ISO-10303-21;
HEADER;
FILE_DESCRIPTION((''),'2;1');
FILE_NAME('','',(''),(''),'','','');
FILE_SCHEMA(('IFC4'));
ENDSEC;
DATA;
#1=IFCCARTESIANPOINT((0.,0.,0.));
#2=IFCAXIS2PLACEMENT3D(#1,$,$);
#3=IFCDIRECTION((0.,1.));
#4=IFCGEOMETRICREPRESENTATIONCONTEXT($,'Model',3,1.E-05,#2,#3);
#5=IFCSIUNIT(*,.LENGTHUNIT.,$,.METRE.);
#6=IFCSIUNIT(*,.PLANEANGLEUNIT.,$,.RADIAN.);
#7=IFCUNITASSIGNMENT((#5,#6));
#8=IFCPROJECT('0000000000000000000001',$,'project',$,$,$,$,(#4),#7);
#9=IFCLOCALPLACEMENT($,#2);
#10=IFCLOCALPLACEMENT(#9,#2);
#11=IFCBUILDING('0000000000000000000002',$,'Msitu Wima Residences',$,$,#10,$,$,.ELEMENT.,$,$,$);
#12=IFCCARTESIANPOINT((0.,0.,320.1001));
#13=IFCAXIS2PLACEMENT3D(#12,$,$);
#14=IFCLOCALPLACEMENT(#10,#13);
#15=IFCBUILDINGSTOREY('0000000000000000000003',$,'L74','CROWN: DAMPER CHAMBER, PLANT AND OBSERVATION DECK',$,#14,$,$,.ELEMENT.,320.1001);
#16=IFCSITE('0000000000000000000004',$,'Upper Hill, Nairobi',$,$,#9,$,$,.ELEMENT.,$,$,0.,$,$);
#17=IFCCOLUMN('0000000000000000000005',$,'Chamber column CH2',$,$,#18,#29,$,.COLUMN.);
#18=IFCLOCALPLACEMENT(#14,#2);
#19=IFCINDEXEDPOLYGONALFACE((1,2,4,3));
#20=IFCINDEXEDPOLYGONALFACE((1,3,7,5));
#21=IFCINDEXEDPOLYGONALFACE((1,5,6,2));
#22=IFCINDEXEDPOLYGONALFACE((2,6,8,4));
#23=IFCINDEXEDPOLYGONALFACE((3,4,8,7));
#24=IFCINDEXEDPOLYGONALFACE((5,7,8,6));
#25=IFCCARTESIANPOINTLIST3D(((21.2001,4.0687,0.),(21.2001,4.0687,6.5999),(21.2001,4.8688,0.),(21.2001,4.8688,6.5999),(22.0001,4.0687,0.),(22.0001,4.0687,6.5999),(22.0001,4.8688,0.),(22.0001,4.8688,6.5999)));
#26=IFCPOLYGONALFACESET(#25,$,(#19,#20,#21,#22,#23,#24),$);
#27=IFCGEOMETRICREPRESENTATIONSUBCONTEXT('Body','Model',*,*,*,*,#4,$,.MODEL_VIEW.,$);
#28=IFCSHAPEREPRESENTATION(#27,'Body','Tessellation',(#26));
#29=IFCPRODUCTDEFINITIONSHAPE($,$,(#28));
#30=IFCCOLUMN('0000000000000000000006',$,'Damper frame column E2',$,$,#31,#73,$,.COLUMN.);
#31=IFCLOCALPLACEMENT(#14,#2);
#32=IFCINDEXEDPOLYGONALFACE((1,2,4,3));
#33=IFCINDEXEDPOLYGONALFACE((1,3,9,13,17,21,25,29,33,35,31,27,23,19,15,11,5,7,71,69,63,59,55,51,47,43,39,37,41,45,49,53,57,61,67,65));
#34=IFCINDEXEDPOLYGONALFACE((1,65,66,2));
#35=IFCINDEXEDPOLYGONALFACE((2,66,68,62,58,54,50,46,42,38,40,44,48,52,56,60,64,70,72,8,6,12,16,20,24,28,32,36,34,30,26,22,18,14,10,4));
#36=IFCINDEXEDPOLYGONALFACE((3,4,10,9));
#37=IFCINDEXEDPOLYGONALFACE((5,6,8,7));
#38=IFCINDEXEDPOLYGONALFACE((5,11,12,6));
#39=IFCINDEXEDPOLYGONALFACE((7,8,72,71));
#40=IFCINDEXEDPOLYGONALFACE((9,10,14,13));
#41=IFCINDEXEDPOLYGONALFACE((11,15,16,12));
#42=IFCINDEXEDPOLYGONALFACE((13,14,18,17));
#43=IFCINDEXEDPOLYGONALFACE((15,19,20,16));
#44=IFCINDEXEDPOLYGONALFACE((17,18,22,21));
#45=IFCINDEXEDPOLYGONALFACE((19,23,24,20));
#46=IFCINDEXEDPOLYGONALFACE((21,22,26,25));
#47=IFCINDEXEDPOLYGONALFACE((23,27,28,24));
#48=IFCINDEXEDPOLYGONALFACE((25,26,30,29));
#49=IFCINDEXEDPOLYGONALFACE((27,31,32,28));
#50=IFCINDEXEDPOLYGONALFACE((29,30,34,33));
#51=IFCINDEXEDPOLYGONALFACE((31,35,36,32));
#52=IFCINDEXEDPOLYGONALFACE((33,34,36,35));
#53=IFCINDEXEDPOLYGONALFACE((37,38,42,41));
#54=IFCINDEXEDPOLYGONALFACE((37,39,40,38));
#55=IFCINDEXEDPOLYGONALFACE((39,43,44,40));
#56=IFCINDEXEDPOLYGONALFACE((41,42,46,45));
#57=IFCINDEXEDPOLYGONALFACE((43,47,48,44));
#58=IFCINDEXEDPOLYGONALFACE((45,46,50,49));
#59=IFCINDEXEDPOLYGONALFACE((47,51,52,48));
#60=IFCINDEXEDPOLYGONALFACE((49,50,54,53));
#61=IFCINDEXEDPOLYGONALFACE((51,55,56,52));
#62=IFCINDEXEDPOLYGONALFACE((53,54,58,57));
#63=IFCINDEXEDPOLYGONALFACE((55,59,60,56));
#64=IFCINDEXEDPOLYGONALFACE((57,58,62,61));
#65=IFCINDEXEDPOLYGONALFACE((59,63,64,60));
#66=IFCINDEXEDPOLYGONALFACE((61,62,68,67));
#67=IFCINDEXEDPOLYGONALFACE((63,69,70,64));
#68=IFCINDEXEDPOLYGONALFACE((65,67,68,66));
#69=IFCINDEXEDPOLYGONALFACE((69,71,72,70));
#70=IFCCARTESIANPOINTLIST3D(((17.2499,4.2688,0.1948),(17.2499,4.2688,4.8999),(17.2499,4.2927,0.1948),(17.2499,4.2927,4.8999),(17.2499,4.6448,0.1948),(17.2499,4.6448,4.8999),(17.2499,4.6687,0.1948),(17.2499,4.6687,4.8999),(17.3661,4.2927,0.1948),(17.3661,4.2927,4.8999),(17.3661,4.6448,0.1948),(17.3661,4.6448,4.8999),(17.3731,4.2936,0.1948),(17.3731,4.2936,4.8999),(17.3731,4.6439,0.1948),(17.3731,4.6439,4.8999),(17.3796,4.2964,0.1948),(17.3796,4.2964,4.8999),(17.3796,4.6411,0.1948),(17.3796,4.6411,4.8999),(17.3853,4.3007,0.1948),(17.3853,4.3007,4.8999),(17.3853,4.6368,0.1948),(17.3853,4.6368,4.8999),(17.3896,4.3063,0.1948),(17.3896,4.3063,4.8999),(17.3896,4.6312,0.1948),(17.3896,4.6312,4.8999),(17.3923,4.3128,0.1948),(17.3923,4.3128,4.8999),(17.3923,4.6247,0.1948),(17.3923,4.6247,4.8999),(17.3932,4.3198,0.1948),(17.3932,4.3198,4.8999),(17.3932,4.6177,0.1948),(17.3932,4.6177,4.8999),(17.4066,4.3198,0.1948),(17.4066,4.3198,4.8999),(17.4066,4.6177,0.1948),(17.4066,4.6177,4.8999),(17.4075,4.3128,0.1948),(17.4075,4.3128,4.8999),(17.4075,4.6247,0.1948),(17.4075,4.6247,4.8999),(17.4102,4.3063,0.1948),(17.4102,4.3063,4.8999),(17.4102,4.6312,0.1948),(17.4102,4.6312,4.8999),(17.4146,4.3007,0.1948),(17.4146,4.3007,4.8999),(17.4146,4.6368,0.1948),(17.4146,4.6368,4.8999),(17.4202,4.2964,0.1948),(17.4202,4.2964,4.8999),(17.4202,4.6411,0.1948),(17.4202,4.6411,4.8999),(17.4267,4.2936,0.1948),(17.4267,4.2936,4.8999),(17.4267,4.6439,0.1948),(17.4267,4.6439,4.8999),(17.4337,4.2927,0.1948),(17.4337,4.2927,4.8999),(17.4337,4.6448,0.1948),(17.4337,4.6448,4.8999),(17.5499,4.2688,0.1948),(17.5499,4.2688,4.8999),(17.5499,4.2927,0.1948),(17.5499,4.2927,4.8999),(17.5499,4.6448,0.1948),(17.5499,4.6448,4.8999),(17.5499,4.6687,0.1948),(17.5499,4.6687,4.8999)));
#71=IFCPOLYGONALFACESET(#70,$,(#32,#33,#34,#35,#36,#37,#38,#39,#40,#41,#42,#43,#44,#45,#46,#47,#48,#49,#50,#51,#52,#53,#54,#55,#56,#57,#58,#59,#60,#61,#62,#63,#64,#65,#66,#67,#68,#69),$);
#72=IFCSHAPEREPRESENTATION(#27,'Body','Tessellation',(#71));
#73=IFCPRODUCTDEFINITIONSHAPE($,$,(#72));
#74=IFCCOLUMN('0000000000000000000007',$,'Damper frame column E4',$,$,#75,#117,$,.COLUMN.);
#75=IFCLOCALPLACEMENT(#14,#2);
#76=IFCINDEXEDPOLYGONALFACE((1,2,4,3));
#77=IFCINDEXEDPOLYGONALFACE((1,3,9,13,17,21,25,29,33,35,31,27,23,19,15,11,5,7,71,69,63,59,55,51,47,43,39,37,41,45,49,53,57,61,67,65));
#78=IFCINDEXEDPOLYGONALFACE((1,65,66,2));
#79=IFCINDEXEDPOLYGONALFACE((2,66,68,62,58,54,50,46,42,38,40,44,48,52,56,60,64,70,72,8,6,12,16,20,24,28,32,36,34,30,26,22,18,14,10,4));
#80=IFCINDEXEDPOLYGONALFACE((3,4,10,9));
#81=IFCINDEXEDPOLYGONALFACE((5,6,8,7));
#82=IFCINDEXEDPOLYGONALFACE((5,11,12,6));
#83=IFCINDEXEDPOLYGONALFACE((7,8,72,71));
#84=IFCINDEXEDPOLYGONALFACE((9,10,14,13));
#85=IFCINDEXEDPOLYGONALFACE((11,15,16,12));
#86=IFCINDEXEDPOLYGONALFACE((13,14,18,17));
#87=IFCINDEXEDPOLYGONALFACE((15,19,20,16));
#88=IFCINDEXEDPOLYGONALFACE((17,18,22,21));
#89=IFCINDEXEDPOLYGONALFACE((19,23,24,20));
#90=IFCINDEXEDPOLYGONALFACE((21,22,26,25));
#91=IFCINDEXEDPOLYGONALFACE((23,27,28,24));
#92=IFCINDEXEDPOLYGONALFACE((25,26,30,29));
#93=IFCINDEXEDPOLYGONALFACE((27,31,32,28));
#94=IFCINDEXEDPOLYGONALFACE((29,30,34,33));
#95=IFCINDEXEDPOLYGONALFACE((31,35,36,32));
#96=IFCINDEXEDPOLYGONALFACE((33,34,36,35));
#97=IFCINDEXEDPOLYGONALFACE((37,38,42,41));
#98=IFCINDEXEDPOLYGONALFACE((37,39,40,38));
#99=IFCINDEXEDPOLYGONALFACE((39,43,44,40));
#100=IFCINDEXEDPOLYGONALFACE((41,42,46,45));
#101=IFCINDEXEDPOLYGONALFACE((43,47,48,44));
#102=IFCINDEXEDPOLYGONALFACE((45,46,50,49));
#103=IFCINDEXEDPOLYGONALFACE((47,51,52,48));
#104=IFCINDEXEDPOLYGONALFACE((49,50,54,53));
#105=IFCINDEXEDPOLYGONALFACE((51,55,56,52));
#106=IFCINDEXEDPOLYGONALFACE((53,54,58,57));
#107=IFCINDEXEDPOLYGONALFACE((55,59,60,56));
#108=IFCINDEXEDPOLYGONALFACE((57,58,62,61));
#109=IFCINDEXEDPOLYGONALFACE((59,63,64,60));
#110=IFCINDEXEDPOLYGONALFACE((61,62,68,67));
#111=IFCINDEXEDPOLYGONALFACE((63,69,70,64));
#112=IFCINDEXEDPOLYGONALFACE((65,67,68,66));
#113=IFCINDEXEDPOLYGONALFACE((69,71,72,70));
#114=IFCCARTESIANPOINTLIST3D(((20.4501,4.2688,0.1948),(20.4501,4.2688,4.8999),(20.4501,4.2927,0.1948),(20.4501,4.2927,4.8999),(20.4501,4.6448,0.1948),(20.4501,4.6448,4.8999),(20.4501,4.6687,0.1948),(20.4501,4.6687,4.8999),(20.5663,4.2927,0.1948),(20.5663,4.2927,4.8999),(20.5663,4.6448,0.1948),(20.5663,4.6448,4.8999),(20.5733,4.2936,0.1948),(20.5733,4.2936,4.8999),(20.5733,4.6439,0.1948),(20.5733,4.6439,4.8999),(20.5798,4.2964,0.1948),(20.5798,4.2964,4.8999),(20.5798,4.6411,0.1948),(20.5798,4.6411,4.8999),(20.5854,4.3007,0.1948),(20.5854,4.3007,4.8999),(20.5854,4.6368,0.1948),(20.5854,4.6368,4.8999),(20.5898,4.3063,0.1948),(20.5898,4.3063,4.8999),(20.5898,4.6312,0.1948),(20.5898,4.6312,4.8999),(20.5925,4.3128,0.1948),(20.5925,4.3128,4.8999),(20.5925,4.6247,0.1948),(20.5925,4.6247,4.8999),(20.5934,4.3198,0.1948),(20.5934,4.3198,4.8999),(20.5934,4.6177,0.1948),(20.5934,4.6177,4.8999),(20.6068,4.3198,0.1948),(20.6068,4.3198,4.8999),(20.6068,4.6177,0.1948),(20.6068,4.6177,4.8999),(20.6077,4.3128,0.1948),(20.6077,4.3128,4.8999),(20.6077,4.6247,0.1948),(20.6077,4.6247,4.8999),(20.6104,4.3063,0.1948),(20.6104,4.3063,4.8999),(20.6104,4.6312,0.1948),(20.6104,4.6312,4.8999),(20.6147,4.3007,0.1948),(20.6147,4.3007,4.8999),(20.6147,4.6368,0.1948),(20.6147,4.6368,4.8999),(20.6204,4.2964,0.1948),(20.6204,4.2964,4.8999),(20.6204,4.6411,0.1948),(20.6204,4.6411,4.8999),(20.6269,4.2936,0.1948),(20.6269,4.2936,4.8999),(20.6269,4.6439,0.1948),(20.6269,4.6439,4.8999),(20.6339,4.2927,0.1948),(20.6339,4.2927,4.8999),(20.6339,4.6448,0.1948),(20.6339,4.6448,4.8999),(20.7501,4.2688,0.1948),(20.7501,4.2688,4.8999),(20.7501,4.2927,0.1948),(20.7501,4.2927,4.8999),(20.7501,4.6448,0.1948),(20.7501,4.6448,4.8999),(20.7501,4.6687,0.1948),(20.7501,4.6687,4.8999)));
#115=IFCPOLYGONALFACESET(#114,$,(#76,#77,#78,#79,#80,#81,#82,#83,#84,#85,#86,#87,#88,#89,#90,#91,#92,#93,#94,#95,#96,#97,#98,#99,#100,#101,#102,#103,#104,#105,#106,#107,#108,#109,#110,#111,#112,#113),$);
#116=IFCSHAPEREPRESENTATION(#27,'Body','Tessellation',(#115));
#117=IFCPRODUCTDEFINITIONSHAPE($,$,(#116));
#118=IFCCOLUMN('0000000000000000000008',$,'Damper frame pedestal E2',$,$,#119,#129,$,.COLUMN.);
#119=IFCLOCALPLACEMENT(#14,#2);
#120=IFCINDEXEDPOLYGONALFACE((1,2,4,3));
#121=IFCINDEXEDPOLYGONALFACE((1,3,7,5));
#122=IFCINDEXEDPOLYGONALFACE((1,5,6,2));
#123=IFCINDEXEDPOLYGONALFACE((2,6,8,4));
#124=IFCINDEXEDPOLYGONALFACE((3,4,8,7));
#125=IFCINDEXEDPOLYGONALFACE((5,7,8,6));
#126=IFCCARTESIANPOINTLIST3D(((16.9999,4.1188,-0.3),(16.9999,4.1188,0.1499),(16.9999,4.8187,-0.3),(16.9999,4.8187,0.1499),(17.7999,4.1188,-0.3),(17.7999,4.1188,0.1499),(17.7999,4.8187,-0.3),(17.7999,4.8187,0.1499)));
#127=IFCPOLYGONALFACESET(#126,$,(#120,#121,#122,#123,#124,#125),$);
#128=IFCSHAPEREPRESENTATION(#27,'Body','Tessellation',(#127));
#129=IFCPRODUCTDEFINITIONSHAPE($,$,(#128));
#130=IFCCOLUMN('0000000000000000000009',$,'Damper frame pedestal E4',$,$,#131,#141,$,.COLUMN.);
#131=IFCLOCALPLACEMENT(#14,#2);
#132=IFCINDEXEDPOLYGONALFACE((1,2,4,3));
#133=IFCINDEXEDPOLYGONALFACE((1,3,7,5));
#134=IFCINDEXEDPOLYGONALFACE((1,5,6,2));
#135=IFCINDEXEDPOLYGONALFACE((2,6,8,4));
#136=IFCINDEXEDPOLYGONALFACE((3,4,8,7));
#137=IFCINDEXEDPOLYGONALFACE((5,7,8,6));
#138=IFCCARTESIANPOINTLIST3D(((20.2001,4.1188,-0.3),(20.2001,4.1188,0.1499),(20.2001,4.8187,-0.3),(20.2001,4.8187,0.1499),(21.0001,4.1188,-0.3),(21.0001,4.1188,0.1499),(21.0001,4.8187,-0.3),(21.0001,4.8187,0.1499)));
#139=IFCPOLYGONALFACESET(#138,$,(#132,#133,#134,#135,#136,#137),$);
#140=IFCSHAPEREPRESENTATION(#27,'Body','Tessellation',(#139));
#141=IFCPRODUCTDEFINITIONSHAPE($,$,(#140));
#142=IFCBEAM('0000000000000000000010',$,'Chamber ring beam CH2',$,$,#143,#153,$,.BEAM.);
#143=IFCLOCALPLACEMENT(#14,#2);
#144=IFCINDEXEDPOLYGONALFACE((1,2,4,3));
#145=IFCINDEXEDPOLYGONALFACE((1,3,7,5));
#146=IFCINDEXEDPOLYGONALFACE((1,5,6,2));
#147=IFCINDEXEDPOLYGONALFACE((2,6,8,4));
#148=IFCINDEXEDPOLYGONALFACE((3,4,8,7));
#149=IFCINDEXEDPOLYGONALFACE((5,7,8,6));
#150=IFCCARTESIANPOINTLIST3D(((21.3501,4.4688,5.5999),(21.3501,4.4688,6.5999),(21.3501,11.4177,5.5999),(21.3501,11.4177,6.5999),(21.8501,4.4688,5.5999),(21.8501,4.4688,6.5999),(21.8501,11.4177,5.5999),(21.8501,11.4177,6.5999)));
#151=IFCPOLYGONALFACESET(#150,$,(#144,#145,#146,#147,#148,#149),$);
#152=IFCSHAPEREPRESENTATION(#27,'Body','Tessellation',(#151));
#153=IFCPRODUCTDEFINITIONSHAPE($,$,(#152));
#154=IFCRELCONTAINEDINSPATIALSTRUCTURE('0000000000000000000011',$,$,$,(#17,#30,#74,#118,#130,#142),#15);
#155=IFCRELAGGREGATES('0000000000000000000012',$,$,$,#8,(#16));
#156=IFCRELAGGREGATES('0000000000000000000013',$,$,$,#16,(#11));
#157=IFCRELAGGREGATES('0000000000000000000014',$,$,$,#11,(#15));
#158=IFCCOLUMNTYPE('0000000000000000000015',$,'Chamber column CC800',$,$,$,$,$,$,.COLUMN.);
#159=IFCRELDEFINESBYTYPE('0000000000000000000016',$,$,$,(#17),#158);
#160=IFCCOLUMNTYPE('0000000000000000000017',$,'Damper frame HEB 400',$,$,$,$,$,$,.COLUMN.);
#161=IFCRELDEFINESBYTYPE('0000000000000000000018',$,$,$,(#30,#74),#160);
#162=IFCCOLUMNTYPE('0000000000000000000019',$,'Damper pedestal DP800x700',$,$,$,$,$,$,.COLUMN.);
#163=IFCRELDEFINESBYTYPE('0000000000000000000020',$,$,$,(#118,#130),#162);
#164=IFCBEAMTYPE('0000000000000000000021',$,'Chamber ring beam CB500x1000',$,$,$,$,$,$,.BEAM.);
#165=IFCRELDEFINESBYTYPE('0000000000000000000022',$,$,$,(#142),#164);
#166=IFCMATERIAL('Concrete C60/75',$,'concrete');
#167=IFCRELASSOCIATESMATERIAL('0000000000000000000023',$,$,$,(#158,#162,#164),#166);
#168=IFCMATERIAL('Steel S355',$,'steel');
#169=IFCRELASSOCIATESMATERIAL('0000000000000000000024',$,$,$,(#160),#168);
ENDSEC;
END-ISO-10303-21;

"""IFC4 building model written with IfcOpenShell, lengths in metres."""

from ifc_helpers import new_model, si_unit, direction, frame, origin, origin_2d, place, context, subcontext, project, spatial, rectangle, i_section, extrude, material, material_profile, profile_set, type_object, element, save


model = new_model("IFC4")

# Units and contexts
model_context = context("Model", 3, precision=1e-05, world=origin(), true_north=direction((0.0, 1.0)))
body_context = subcontext(model_context, "Body", "Model", "MODEL_VIEW")
ifc_project = project(units=[si_unit("LENGTHUNIT", "METRE"), si_unit("PLANEANGLEUNIT", "RADIAN")], contexts=[model_context])

# Site, building, storey
site_placement = place(None, origin())
site = spatial("IfcSite", under=ifc_project, at=site_placement, Name="Upper Hill, Nairobi", CompositionType="ELEMENT", RefElevation=0.0)
building_placement = place(site_placement, origin())
building = spatial("IfcBuilding", under=site, at=building_placement, Name="Msitu Wima Residences", CompositionType="ELEMENT")
storey_placement = place(building_placement, frame((0.0, 0.0, 320.1001)))
storey = spatial("IfcBuildingStorey", under=building, at=storey_placement, Name="L74", Description="CROWN: DAMPER CHAMBER, PLANT AND OBSERVATION DECK", CompositionType="ELEMENT", Elevation=320.1001)

# Columns
ifc_material_1 = material(Name="Concrete C60/75", Category="concrete")
ifc_material_profile_1 = material_profile(ifc_material_1, rectangle(XDim=0.8, YDim=0.8, at=origin_2d()), Name="RC 800x800")
ifc_profile_set_1 = profile_set([ifc_material_profile_1], Name="Concrete C60/75")
column_type_1 = type_object("IfcColumnType", Name="Chamber column CC800", PredefinedType="COLUMN", material=ifc_profile_set_1)
column_placement = place(storey_placement, frame((21.6001, 4.4688, 0.0), z_axis=(0.0, 0.0, 1.0), x_axis=(1.0, 0.0, 0.0)))
element("IfcColumn", 1, at=column_placement, inside=storey, type_object=column_type_1, Name="Chamber column CH2", PredefinedType="COLUMN", context=body_context, shape_type="SweptSolid", body=[
    extrude(rectangle(XDim=0.8, YDim=0.8, at=origin_2d()), origin(), (0.0, 0.0, 1.0), 6.5999),
])
ifc_material_2 = material(Name="Steel S355", Category="steel")
ifc_material_profile_2 = material_profile(ifc_material_2, i_section(OverallWidth=0.3, OverallDepth=0.3999, WebThickness=0.0134, FlangeThickness=0.0239, FilletRadius=0.0271, at=origin_2d()), Name="HEB 400")
ifc_profile_set_2 = profile_set([ifc_material_profile_2], Name="Steel S355")
column_type_2 = type_object("IfcColumnType", Name="Damper frame HEB 400", PredefinedType="COLUMN", material=ifc_profile_set_2)
for number, where, z_axis, x_axis, name in (
    (2, (17.3999, 4.4688, 0.1948), (0.0, 0.0, 1.0), (1.0, 0.0, 0.0), "Damper frame column E2"),
    (3, (20.6001, 4.4688, 0.1948), (0.0, 0.0, 1.0), (1.0, 0.0, 0.0), "Damper frame column E4"),
):
    element("IfcColumn", number, at=place(storey_placement, frame(where, z_axis=z_axis, x_axis=x_axis)), inside=storey, type_object=column_type_2, Name=name, PredefinedType="COLUMN", context=body_context, shape_type="SweptSolid", body=[
        extrude(i_section(OverallWidth=0.3, OverallDepth=0.3999, WebThickness=0.0134, FlangeThickness=0.0239, FilletRadius=0.0271, at=origin_2d()), origin(), (0.0, 0.0, 1.0), 4.7051),
    ])
ifc_material_profile_3 = material_profile(ifc_material_1, rectangle(XDim=0.8, YDim=0.7, at=origin_2d()), Name="RC 800x700")
ifc_profile_set_3 = profile_set([ifc_material_profile_3], Name="Concrete C60/75")
column_type_3 = type_object("IfcColumnType", Name="Damper pedestal DP800x700", PredefinedType="COLUMN", material=ifc_profile_set_3)
for number, where, z_axis, x_axis, name in (
    (4, (17.3999, 4.4688, -0.3), (0.0, 0.0, 1.0), (1.0, 0.0, 0.0), "Damper frame pedestal E2"),
    (5, (20.6001, 4.4688, -0.3), (0.0, 0.0, 1.0), (1.0, 0.0, 0.0), "Damper frame pedestal E4"),
):
    element("IfcColumn", number, at=place(storey_placement, frame(where, z_axis=z_axis, x_axis=x_axis)), inside=storey, type_object=column_type_3, Name=name, PredefinedType="COLUMN", context=body_context, shape_type="SweptSolid", body=[
        extrude(rectangle(XDim=0.8, YDim=0.7, at=origin_2d()), origin(), (0.0, 0.0, 1.0), 0.45),
    ])

# Beam
ifc_material_profile_4 = material_profile(ifc_material_1, rectangle(XDim=0.5, YDim=1.0, at=origin_2d()), Name="RC 500x1000")
ifc_profile_set_4 = profile_set([ifc_material_profile_4], Name="Concrete C60/75")
beam_type_1 = type_object("IfcBeamType", Name="Chamber ring beam CB500x1000", PredefinedType="BEAM", material=ifc_profile_set_4)
beam_1_placement = place(storey_placement, frame((21.6001, 4.4688, 6.0999), z_axis=(0.0, 1.0, 0.0), x_axis=(-1.0, 0.0, 0.0)))
element("IfcBeam", 6, at=beam_1_placement, inside=storey, type_object=beam_type_1, Name="Chamber ring beam CH2", PredefinedType="BEAM", context=body_context, shape_type="SweptSolid", body=[
    extrude(rectangle(XDim=0.5, YDim=1.0, at=origin_2d()), origin(), (0.0, 0.0, 1.0), 6.949),
])

save(model, "model.ifc")
